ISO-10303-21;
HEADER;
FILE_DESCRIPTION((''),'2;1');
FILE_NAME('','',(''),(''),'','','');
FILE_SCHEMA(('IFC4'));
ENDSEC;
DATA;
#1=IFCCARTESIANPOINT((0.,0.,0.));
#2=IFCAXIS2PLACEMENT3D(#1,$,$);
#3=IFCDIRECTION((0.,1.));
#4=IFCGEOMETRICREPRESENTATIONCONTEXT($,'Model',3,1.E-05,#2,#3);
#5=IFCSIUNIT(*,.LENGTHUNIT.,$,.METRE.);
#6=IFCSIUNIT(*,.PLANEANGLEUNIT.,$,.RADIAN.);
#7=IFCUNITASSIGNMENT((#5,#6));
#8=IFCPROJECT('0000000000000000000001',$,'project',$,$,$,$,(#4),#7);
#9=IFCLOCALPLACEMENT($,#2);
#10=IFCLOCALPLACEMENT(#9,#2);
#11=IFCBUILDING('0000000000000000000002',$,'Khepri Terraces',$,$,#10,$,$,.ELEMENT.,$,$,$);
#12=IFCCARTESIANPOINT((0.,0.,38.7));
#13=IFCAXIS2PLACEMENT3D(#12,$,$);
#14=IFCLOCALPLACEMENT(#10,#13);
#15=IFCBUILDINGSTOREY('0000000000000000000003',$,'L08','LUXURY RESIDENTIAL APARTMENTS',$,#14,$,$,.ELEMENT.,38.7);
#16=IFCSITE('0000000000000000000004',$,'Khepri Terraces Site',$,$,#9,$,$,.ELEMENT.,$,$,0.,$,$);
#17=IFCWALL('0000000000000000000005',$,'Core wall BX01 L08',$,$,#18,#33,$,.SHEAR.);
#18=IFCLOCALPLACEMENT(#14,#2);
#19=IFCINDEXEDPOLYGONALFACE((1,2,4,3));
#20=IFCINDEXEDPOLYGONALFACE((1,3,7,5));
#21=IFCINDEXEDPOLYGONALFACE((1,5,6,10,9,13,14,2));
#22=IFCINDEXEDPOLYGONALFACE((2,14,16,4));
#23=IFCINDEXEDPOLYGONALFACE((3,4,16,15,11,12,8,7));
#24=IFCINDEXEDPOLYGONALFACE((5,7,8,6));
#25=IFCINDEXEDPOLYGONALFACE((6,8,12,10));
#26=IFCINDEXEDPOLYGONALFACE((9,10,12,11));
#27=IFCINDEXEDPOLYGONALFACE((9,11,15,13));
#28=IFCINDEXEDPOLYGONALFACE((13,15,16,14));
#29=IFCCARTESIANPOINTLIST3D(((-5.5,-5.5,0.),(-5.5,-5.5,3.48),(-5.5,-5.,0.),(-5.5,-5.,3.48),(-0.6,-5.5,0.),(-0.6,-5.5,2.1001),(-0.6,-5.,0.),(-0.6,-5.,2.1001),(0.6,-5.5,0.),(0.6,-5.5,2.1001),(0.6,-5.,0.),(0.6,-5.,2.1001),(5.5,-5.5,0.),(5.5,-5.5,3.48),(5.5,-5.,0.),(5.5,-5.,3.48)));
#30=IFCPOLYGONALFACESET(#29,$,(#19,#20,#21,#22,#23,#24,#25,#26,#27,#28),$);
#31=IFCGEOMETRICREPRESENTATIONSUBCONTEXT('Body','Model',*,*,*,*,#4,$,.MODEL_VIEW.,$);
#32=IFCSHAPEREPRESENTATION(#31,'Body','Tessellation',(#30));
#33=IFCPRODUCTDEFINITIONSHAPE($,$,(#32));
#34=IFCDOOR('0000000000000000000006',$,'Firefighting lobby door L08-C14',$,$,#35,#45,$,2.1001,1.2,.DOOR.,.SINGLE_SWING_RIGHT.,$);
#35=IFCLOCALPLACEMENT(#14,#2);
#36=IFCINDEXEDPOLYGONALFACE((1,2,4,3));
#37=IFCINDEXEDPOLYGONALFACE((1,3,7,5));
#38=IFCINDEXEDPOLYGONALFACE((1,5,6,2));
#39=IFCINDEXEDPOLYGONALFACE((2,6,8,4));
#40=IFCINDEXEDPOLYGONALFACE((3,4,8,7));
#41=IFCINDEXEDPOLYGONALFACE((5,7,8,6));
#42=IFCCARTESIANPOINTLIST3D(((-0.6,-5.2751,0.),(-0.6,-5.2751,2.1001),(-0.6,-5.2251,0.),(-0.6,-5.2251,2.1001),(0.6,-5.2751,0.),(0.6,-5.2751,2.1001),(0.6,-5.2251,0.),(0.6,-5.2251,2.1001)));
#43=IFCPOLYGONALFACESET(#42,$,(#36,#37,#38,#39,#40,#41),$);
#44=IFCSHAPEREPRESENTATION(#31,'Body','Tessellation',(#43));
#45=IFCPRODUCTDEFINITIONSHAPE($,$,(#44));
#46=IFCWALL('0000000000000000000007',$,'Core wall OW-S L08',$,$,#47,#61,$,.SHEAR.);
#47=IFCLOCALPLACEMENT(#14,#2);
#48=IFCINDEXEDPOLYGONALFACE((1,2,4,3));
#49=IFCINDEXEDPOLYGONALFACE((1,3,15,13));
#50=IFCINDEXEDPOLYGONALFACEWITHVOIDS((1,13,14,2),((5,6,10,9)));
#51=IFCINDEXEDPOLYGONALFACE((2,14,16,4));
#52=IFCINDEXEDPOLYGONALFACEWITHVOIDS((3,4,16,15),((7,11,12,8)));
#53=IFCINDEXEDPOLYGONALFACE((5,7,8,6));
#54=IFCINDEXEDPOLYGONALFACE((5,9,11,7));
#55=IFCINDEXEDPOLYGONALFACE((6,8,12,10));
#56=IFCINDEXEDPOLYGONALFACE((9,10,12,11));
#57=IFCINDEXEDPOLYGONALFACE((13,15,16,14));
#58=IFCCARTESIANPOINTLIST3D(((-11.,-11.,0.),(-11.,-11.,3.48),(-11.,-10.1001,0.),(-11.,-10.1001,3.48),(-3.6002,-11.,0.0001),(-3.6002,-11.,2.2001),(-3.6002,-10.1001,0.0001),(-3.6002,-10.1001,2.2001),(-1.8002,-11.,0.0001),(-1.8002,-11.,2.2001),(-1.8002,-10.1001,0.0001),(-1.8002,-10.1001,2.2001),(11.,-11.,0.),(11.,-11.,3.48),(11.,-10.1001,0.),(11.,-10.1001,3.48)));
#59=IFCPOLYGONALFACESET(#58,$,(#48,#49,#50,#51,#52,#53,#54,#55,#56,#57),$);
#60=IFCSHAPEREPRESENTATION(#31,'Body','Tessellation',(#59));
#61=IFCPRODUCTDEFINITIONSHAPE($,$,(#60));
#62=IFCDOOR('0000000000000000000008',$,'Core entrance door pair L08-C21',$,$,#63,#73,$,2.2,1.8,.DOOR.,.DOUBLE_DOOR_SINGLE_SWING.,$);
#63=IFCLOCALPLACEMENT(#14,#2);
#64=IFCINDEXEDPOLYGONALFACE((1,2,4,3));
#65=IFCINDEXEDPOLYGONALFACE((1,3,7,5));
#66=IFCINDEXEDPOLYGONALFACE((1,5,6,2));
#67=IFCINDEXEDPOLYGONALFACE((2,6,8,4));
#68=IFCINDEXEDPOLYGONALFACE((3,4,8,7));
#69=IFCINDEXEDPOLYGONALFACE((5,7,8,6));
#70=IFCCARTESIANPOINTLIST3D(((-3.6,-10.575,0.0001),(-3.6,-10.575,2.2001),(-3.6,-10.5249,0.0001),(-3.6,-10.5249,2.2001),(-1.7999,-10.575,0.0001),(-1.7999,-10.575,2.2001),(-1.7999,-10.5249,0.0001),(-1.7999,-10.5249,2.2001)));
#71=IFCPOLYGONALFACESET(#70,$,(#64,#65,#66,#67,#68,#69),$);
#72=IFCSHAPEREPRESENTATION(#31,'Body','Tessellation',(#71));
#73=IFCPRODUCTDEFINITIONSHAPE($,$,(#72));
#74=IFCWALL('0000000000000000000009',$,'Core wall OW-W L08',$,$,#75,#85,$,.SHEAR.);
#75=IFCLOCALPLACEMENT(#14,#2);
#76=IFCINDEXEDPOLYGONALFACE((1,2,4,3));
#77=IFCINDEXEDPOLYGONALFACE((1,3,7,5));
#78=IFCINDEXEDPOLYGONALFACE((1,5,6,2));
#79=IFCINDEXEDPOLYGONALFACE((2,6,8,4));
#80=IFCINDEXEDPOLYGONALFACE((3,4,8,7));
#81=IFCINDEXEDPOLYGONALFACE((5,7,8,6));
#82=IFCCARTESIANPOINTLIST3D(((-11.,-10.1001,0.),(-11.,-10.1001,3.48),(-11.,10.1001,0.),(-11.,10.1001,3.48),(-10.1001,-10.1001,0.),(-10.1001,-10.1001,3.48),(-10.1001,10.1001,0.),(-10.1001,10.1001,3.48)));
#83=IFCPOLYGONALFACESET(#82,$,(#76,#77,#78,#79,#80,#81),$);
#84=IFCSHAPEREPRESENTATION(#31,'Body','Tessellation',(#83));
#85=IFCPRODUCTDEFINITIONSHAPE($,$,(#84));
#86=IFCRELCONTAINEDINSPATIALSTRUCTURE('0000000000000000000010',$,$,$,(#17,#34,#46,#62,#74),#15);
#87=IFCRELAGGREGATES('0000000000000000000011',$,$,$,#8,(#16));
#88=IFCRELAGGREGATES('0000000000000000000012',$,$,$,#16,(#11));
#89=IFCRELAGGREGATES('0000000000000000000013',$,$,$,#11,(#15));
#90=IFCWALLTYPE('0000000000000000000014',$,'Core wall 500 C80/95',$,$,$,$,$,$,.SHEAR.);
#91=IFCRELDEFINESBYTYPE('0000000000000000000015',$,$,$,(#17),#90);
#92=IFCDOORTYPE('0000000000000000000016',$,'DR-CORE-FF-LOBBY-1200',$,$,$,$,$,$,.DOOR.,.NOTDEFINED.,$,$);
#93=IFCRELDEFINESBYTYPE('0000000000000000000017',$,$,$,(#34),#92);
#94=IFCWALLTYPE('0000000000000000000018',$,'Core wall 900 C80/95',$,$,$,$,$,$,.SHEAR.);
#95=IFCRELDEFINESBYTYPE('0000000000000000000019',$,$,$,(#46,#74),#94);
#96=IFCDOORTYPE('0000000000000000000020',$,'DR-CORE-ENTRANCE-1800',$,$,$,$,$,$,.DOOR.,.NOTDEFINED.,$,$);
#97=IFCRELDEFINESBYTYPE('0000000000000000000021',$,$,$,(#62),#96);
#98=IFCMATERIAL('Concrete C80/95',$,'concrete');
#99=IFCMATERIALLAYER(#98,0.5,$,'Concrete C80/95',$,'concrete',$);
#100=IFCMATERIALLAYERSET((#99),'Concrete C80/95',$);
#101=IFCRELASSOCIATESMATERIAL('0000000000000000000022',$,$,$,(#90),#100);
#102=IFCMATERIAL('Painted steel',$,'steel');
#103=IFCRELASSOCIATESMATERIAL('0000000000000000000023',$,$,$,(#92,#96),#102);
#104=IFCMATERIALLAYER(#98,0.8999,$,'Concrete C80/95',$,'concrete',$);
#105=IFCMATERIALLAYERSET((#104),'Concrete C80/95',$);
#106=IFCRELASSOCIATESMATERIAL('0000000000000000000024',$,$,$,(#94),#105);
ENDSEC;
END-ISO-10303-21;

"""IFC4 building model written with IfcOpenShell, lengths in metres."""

from ifc_helpers import new_model, si_unit, direction, frame, frame_2d, origin, place, context, subcontext, project, spatial, rectangle, extrude, material, layer, layer_set, type_object, element, fill, save


model = new_model("IFC4")

# Units and contexts
model_context = context("Model", 3, precision=1e-05, world=origin(), true_north=direction((0.0, 1.0)))
body_context = subcontext(model_context, "Body", "Model", "MODEL_VIEW")
ifc_project = project(units=[si_unit("LENGTHUNIT", "METRE"), si_unit("PLANEANGLEUNIT", "RADIAN")], contexts=[model_context])

# Site, building, storey
site_placement = place(None, origin())
site = spatial("IfcSite", under=ifc_project, at=site_placement, Name="Khepri Terraces Site", CompositionType="ELEMENT", RefElevation=0.0)
building_placement = place(site_placement, origin())
building = spatial("IfcBuilding", under=site, at=building_placement, Name="Khepri Terraces", CompositionType="ELEMENT")
storey_placement = place(building_placement, frame((0.0, 0.0, 38.7)))
storey = spatial("IfcBuildingStorey", under=building, at=storey_placement, Name="L08", Description="LUXURY RESIDENTIAL APARTMENTS", CompositionType="ELEMENT", Elevation=38.7)

# Shared definitions
ifc_material_1 = material(Name="Concrete C80/95", Category="concrete")

# Walls, openings, doors
ifc_layer_1 = layer(ifc_material_1, 0.5, Name="Concrete C80/95", Category="concrete")
ifc_layer_set_1 = layer_set([ifc_layer_1], Name="Concrete C80/95")
wall_type_1 = type_object("IfcWallType", Name="Core wall 500 C80/95", PredefinedType="SHEAR", material=ifc_layer_set_1)
wall_1_placement = place(storey_placement, frame((-5.5, -5.25, 0.0), z_axis=(0.0, 0.0, 1.0), x_axis=(1.0, 0.0, 0.0)))
wall_1 = element("IfcWall", 1, at=wall_1_placement, inside=storey, type_object=wall_type_1, Name="Core wall BX01 L08", PredefinedType="SHEAR", context=body_context, shape_type="SweptSolid", body=[
    extrude(rectangle(XDim=11.0, YDim=0.5, at=frame_2d((5.5, 0.0))), origin(), (0.0, 0.0, 1.0), 3.48),
])
opening_1_placement = place(wall_1_placement, frame((4.8999, 0.0, 0.0)))
opening_1 = element("IfcOpeningElement", 2, at=opening_1_placement, cuts=wall_1, PredefinedType="OPENING", context=body_context, shape_type="SweptSolid", body=[
    extrude(rectangle(XDim=1.2, YDim=2.1001, at=frame_2d((0.6001, 1.05))), frame((0.0, 0.26, 0.0), z_axis=(0.0, -1.0, 0.0), x_axis=(1.0, 0.0, 0.0)), (0.0, 0.0, 1.0), 0.52),
])
ifc_material_2 = material(Name="Painted steel", Category="steel")
door_type_1 = type_object("IfcDoorType", Name="DR-CORE-FF-LOBBY-1200", OperationType="NOTDEFINED", PredefinedType="DOOR", material=ifc_material_2)
door_1_placement = place(opening_1_placement, origin())
door_1 = element("IfcDoor", 3, at=door_1_placement, inside=storey, type_object=door_type_1, Name="Firefighting lobby door L08-C14", OperationType="SINGLE_SWING_RIGHT", OverallHeight=2.1001, OverallWidth=1.2, PredefinedType="DOOR", context=body_context, shape_type="SweptSolid", body=[
    extrude(rectangle(XDim=1.2, YDim=2.1001, at=frame_2d((0.6001, 1.05))), frame((0.0, 0.0249, 0.0), z_axis=(0.0, -1.0, 0.0), x_axis=(1.0, 0.0, 0.0)), (0.0, 0.0, 1.0), 0.05),
])
fill(opening_1, door_1)
ifc_layer_2 = layer(ifc_material_1, 0.8999, Name="Concrete C80/95", Category="concrete")
ifc_layer_set_2 = layer_set([ifc_layer_2], Name="Concrete C80/95")
wall_type_2 = type_object("IfcWallType", Name="Core wall 900 C80/95", PredefinedType="SHEAR", material=ifc_layer_set_2)
wall_2_placement = place(storey_placement, frame((-11.0, -10.55, 0.0), z_axis=(0.0, 0.0, 1.0), x_axis=(1.0, 0.0, 0.0)))
wall_2 = element("IfcWall", 4, at=wall_2_placement, inside=storey, type_object=wall_type_2, Name="Core wall OW-S L08", PredefinedType="SHEAR", context=body_context, shape_type="SweptSolid", body=[
    extrude(rectangle(XDim=22.0, YDim=0.8999, at=frame_2d((11.0, 0.0))), origin(), (0.0, 0.0, 1.0), 3.48),
])
opening_2_placement = place(wall_2_placement, frame((7.3999, 0.0, 0.0)))
opening_2 = element("IfcOpeningElement", 5, at=opening_2_placement, cuts=wall_2, PredefinedType="OPENING", context=body_context, shape_type="SweptSolid", body=[
    extrude(rectangle(XDim=1.8, YDim=2.2, at=frame_2d((0.8999, 1.1001))), frame((0.0, 0.46, 0.0), z_axis=(0.0, -1.0, 0.0), x_axis=(1.0, 0.0, 0.0)), (0.0, 0.0, 1.0), 0.9199),
])
door_type_2 = type_object("IfcDoorType", Name="DR-CORE-ENTRANCE-1800", OperationType="NOTDEFINED", PredefinedType="DOOR", material=ifc_material_2)
door_2_placement = place(opening_2_placement, frame((1.8, 0.0, 0.0), z_axis=(0.0, 0.0, 1.0), x_axis=(-1.0, 0.0, 0.0)))
door_2 = element("IfcDoor", 6, at=door_2_placement, inside=storey, type_object=door_type_2, Name="Core entrance door pair L08-C21", OperationType="DOUBLE_DOOR_SINGLE_SWING", OverallHeight=2.2, OverallWidth=1.8, PredefinedType="DOOR", context=body_context, shape_type="SweptSolid", body=[
    extrude(rectangle(XDim=1.8, YDim=2.2, at=frame_2d((0.8999, 1.1001))), frame((0.0, 0.0249, 0.0), z_axis=(0.0, -1.0, 0.0), x_axis=(1.0, 0.0, 0.0)), (0.0, 0.0, 1.0), 0.05),
])
fill(opening_2, door_2)

# Wall
wall_3_placement = place(storey_placement, frame((-10.55, -10.1001, 0.0), z_axis=(0.0, 0.0, 1.0), x_axis=(0.0, 1.0, 0.0)))
element("IfcWall", 7, at=wall_3_placement, inside=storey, type_object=wall_type_2, Name="Core wall OW-W L08", PredefinedType="SHEAR", context=body_context, shape_type="SweptSolid", body=[
    extrude(rectangle(XDim=20.2002, YDim=0.8999, at=frame_2d((10.1001, 0.0))), origin(), (0.0, 0.0, 1.0), 3.48),
])

save(model, "model.ifc")
